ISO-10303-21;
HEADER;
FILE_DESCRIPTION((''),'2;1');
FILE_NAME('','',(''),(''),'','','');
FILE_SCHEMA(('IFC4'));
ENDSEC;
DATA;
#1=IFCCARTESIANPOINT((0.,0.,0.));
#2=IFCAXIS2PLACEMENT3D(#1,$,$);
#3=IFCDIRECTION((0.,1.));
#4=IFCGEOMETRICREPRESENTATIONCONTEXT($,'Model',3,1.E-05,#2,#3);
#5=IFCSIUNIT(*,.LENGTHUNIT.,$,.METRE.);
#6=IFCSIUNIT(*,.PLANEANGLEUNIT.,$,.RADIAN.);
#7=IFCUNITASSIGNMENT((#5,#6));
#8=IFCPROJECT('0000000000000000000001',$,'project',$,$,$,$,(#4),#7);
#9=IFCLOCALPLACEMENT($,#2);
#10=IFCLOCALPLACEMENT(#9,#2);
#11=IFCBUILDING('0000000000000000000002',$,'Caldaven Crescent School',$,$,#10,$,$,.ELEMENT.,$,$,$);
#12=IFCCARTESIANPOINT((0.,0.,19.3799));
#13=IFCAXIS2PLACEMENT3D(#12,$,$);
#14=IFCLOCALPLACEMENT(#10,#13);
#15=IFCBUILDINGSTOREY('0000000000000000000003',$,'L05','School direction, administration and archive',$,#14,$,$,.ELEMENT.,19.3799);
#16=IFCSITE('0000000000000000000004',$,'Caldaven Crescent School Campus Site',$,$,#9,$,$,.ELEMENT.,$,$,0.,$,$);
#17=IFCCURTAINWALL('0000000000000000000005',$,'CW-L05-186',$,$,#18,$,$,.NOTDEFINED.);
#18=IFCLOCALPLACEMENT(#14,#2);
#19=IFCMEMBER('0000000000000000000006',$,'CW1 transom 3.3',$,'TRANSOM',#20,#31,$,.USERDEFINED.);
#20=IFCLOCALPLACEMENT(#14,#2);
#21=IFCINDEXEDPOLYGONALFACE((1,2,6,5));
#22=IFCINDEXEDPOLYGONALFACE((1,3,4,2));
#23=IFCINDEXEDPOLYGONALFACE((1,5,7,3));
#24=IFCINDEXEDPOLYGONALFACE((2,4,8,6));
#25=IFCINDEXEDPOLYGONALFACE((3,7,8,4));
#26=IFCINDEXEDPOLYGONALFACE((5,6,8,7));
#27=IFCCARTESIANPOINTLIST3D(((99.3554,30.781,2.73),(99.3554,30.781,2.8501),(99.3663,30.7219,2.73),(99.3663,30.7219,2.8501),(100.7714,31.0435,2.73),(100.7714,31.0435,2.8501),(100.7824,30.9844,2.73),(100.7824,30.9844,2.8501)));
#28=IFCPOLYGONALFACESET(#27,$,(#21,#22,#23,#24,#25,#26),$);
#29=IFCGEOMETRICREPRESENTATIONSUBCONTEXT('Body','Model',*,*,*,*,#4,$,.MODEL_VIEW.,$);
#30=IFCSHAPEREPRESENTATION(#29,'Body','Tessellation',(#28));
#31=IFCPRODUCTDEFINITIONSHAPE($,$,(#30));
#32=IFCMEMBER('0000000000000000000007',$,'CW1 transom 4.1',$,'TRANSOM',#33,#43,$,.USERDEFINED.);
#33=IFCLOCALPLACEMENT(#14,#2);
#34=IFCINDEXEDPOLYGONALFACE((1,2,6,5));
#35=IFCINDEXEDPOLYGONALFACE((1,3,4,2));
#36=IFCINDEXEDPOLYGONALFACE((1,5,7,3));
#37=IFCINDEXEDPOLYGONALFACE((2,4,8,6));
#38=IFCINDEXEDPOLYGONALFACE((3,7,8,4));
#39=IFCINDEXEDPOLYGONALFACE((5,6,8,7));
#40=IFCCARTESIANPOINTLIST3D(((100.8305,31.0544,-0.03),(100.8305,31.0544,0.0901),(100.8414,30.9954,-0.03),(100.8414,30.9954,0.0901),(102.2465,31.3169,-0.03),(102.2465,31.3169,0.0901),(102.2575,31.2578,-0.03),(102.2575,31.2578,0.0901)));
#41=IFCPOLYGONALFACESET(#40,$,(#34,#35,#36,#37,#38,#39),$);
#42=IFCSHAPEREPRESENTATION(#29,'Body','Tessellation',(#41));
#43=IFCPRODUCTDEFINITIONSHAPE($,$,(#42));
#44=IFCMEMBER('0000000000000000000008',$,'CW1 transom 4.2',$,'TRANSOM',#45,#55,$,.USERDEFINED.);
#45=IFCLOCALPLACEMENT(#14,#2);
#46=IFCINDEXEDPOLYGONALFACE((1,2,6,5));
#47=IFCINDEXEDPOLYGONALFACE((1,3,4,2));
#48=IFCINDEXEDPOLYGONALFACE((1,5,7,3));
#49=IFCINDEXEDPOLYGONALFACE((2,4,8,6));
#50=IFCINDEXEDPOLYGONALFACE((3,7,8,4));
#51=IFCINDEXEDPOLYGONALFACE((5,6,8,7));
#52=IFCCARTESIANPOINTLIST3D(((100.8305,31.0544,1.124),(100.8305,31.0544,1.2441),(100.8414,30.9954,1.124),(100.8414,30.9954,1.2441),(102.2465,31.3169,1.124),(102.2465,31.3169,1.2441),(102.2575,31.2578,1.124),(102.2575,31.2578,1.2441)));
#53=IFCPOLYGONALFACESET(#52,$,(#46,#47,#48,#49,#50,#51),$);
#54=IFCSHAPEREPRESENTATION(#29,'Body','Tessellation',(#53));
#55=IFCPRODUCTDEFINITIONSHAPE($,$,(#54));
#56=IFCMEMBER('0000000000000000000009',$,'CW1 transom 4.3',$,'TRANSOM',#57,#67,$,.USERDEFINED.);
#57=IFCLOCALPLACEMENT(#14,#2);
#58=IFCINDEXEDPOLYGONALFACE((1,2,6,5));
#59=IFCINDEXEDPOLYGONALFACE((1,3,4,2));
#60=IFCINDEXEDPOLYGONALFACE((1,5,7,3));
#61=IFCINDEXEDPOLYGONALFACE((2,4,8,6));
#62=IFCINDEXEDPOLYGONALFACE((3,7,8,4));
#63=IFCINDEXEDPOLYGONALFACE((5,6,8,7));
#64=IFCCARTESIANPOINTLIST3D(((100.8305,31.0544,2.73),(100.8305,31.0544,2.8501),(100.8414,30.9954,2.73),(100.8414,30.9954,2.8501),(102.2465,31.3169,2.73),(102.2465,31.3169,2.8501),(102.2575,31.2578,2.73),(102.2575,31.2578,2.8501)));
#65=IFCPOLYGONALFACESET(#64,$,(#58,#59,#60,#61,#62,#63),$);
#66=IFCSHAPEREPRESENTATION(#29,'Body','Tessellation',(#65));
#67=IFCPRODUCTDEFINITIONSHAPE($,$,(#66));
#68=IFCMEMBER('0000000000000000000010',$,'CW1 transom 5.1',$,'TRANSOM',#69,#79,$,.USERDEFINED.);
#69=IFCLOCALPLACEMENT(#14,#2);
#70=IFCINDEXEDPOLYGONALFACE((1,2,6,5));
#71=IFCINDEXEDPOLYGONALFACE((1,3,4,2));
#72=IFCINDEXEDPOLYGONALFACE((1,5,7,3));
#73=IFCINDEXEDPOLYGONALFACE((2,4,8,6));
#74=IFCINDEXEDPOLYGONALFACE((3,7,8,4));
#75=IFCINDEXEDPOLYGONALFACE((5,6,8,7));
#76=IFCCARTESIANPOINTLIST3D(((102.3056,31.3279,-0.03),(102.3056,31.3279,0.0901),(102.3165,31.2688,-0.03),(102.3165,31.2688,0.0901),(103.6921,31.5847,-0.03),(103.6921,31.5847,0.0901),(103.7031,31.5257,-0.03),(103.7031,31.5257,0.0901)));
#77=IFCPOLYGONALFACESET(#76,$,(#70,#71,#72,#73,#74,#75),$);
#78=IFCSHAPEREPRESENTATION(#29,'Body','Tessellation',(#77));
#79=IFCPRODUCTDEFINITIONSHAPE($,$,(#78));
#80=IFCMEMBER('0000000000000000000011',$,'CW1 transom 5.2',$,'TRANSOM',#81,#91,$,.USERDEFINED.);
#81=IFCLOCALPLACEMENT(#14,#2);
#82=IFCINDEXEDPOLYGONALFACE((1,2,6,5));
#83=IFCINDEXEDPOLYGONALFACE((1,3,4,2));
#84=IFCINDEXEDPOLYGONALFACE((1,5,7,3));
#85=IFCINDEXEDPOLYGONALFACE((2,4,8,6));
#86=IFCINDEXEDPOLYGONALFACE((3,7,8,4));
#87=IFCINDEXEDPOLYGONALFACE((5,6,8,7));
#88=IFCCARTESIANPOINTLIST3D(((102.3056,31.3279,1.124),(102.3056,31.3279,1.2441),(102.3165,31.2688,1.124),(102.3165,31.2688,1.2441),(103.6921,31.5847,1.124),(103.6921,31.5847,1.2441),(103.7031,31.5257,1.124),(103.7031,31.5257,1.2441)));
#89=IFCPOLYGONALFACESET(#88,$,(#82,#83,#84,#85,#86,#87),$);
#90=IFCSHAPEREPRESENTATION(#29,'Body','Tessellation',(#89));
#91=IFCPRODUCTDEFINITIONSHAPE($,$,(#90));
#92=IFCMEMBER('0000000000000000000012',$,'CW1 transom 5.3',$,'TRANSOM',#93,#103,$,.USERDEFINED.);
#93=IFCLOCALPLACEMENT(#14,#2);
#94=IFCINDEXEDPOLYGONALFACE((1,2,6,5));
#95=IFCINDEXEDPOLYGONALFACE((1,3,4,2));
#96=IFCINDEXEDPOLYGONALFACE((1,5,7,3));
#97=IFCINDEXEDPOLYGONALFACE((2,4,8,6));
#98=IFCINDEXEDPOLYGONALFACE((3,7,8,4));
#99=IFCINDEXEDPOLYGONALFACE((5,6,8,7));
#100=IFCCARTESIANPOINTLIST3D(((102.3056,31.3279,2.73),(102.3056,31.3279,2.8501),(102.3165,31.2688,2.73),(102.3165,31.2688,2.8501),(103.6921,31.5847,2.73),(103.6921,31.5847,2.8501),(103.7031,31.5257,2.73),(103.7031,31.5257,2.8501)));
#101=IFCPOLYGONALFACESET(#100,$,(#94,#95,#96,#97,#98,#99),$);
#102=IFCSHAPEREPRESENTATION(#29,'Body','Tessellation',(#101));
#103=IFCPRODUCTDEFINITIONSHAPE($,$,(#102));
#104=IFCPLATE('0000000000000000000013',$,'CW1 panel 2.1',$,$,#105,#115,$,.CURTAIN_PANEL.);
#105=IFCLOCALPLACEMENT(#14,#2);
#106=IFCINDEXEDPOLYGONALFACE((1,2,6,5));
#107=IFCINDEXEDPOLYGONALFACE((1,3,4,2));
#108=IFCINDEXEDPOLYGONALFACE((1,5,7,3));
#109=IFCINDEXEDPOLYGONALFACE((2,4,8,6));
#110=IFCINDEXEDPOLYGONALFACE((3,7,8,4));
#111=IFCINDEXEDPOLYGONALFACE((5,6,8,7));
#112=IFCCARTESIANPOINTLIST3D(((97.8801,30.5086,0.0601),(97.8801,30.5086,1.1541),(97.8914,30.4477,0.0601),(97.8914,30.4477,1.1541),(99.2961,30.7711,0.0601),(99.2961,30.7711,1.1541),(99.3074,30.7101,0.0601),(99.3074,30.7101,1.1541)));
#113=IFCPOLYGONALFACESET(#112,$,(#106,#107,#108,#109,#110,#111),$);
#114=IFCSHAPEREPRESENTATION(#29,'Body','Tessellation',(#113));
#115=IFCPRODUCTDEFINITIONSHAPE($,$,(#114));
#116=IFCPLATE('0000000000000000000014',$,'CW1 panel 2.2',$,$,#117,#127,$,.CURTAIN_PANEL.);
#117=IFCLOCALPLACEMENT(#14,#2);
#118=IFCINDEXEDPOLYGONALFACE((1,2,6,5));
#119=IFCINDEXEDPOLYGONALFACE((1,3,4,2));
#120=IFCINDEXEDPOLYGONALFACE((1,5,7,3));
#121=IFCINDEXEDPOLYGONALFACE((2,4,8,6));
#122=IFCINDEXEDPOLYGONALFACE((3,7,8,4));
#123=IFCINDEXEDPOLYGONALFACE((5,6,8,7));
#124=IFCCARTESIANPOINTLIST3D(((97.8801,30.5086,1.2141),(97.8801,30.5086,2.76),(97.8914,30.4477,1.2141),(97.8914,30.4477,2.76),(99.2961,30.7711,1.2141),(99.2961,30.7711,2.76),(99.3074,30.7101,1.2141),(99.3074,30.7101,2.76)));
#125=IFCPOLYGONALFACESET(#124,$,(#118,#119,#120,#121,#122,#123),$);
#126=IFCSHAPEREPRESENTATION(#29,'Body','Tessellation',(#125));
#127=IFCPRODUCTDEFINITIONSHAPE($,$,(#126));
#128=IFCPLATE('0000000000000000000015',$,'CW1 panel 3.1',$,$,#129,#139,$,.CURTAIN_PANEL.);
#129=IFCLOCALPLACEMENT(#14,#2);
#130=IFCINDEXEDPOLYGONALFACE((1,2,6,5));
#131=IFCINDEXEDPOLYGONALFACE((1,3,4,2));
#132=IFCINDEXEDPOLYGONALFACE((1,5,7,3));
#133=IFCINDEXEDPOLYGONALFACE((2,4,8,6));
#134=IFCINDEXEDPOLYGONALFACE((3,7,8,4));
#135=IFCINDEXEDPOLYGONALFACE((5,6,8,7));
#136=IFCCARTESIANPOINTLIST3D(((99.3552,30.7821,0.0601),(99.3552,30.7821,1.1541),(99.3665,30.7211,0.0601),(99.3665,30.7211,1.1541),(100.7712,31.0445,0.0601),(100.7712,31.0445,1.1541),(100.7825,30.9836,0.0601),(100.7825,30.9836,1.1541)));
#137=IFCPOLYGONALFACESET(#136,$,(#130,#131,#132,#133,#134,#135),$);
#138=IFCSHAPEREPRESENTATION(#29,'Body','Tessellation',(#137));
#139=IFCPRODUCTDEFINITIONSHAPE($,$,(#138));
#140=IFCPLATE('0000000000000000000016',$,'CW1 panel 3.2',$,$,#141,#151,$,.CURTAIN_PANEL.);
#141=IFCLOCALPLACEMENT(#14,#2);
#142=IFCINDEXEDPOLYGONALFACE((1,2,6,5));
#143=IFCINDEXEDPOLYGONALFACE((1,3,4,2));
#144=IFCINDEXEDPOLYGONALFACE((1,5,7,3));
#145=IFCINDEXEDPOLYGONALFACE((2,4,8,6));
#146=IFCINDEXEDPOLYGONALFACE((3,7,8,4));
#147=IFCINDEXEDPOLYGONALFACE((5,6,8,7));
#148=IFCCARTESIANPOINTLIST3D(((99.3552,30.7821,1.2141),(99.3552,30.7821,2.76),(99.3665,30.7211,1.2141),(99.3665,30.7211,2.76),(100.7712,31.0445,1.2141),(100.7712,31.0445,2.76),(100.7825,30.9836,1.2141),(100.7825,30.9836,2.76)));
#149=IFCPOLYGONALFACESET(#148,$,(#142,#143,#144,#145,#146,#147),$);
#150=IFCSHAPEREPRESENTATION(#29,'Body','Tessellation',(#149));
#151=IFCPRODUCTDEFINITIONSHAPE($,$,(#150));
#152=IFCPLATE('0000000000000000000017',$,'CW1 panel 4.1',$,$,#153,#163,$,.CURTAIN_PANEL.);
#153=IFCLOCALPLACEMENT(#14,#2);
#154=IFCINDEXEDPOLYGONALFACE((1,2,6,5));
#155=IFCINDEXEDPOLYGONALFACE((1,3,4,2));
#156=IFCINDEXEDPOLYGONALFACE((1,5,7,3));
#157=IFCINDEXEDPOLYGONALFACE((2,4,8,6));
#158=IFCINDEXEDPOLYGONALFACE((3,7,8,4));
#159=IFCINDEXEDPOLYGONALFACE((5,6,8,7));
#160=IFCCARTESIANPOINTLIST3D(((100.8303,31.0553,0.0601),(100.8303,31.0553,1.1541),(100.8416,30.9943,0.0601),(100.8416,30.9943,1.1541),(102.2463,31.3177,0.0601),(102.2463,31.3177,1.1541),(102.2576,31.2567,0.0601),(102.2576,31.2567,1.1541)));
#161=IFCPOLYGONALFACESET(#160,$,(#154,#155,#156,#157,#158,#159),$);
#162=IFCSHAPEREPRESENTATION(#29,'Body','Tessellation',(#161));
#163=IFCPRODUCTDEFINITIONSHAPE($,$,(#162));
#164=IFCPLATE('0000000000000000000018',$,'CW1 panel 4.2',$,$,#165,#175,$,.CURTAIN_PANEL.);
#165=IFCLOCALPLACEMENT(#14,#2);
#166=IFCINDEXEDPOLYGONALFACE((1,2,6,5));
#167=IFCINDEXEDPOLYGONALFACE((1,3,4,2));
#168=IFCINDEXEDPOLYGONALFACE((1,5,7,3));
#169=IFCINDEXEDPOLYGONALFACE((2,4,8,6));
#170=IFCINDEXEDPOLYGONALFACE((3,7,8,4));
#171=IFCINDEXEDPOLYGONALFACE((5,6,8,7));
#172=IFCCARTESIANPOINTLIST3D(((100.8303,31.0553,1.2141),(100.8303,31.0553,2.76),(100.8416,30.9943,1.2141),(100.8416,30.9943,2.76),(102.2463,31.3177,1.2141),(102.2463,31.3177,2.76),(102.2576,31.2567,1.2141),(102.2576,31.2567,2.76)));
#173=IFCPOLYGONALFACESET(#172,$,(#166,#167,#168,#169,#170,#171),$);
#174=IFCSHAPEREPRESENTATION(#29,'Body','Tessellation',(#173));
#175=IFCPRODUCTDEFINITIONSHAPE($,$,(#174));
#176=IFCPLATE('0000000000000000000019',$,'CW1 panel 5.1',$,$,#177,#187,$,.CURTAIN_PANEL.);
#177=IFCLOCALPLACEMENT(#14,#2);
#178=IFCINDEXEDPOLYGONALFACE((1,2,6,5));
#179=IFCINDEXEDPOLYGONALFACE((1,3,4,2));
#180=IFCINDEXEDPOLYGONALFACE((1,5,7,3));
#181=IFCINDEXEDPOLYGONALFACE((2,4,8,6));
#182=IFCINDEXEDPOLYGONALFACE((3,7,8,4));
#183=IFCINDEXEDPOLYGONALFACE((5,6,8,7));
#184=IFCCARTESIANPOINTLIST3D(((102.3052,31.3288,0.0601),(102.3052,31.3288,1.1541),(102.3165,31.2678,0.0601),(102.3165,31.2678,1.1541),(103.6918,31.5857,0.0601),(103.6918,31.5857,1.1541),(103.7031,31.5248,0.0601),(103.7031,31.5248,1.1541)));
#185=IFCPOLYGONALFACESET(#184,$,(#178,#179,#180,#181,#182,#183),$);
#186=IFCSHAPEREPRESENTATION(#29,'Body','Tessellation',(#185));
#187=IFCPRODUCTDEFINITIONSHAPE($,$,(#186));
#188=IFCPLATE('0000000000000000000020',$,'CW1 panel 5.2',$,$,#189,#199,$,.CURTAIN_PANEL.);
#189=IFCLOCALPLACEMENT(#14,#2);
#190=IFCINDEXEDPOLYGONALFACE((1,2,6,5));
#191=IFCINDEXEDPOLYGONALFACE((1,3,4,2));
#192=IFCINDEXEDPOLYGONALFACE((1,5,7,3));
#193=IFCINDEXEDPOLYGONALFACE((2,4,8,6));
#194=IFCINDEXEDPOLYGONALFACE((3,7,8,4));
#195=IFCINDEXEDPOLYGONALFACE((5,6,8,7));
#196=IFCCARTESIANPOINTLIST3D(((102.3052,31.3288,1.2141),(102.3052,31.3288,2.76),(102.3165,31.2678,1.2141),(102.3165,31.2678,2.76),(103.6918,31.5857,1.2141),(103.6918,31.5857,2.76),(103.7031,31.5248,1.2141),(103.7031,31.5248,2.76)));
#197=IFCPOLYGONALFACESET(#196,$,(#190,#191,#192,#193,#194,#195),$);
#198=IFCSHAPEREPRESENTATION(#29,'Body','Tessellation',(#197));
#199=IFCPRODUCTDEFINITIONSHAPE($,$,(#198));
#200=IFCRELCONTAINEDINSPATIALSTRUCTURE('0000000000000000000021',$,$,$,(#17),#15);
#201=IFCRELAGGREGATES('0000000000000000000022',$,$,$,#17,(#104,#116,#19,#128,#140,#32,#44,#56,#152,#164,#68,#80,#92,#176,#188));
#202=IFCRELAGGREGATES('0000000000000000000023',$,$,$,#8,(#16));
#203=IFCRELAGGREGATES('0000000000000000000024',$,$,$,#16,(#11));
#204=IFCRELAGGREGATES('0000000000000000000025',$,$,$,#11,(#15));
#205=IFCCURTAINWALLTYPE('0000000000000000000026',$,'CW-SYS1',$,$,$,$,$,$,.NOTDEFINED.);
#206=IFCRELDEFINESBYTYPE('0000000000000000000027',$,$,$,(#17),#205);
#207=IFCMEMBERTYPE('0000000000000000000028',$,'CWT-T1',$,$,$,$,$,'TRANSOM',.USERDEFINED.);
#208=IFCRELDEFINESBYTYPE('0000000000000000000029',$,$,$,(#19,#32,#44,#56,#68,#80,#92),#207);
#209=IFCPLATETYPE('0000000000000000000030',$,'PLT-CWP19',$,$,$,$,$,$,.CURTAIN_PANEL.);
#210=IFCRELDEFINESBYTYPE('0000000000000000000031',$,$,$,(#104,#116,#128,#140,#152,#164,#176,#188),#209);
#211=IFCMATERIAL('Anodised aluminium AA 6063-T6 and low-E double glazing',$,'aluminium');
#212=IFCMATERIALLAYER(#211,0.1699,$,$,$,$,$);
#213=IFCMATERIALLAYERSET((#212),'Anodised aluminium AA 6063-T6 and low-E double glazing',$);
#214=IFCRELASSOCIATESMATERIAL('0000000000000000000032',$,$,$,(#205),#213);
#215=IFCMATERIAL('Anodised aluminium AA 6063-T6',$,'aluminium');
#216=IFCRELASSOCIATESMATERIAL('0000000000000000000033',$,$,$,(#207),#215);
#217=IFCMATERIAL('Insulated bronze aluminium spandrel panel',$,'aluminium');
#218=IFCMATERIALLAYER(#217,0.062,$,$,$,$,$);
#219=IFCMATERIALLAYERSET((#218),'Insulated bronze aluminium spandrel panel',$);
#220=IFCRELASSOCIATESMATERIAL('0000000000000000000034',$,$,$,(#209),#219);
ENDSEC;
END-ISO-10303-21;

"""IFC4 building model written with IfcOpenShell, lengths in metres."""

from ifc_helpers import new_model, si_unit, direction, frame, origin, origin_2d, place, context, subcontext, project, spatial, rectangle, extrude, material, layer, layer_set, material_profile, profile_set, type_object, element, aggregate, save


model = new_model("IFC4")

# Units and contexts
model_context = context("Model", 3, precision=1e-05, world=origin(), true_north=direction((0.0, 1.0)))
body_context = subcontext(model_context, "Body", "Model", "MODEL_VIEW")
ifc_project = project(units=[si_unit("LENGTHUNIT", "METRE"), si_unit("PLANEANGLEUNIT", "RADIAN")], contexts=[model_context])

# Site, building, storey
site_placement = place(None, origin())
site = spatial("IfcSite", under=ifc_project, at=site_placement, Name="Caldaven Crescent School Campus Site", CompositionType="ELEMENT", RefElevation=0.0)
building_placement = place(site_placement, origin())
building = spatial("IfcBuilding", under=site, at=building_placement, Name="Caldaven Crescent School", CompositionType="ELEMENT")
storey_placement = place(building_placement, frame((0.0, 0.0, 19.3799)))
storey = spatial("IfcBuildingStorey", under=building, at=storey_placement, Name="L05", Description="School direction, administration and archive", CompositionType="ELEMENT", Elevation=19.3799)

# Curtain wall, members, plates
ifc_material_1 = material(Name="Anodised aluminium AA 6063-T6 and low-E double glazing", Category="aluminium")
ifc_layer_1 = layer(ifc_material_1, 0.1699)
ifc_layer_set_1 = layer_set([ifc_layer_1], Name="Anodised aluminium AA 6063-T6 and low-E double glazing")
curtain_wall_type = type_object("IfcCurtainWallType", Name="CW-SYS1", PredefinedType="NOTDEFINED", material=ifc_layer_set_1)
curtain_wall_placement = place(storey_placement, origin())
curtain_wall = element("IfcCurtainWall", 1, at=curtain_wall_placement, inside=storey, type_object=curtain_wall_type, Name="CW-L05-186", PredefinedType="NOTDEFINED")
ifc_material_2 = material(Name="Anodised aluminium AA 6063-T6", Category="aluminium")
ifc_material_profile_1 = material_profile(ifc_material_2, rectangle(XDim=0.0601, YDim=0.1201, at=origin_2d()), Name="CWT 60x120")
ifc_profile_set_1 = profile_set([ifc_material_profile_1], Name="Anodised aluminium AA 6063-T6")
member_type_1 = type_object("IfcMemberType", Name="CWT-T1", ElementType="TRANSOM", PredefinedType="USERDEFINED", material=ifc_profile_set_1)
member_1_placement = place(storey_placement, frame((99.3608, 30.7515, 2.79), z_axis=(0.983254, 0.182241, 0.0), x_axis=(-0.182241, 0.983254, 0.0)))
member_1 = element("IfcMember", 2, at=member_1_placement, type_object=member_type_1, Name="CW1 transom 3.3", ObjectType="TRANSOM", PredefinedType="USERDEFINED", context=body_context, shape_type="SweptSolid", body=[
    extrude(rectangle(XDim=0.0601, YDim=0.1201, at=origin_2d()), origin(), (0.0, 0.0, 1.0), 1.4402),
])
member_2_placement = place(storey_placement, frame((100.8359, 31.0249, 0.03), z_axis=(0.983254, 0.182241, 0.0), x_axis=(-0.182241, 0.983254, 0.0)))
member_2 = element("IfcMember", 3, at=member_2_placement, type_object=member_type_1, Name="CW1 transom 4.1", ObjectType="TRANSOM", PredefinedType="USERDEFINED", context=body_context, shape_type="SweptSolid", body=[
    extrude(rectangle(XDim=0.0601, YDim=0.1201, at=origin_2d()), origin(), (0.0, 0.0, 1.0), 1.4402),
])
member_3_placement = place(storey_placement, frame((100.8359, 31.0249, 1.1841), z_axis=(0.983254, 0.182241, 0.0), x_axis=(-0.182241, 0.983254, 0.0)))
member_3 = element("IfcMember", 4, at=member_3_placement, type_object=member_type_1, Name="CW1 transom 4.2", ObjectType="TRANSOM", PredefinedType="USERDEFINED", context=body_context, shape_type="SweptSolid", body=[
    extrude(rectangle(XDim=0.0601, YDim=0.1201, at=origin_2d()), origin(), (0.0, 0.0, 1.0), 1.4402),
])
member_4_placement = place(storey_placement, frame((100.8359, 31.0249, 2.79), z_axis=(0.983254, 0.182241, 0.0), x_axis=(-0.182241, 0.983254, 0.0)))
member_4 = element("IfcMember", 5, at=member_4_placement, type_object=member_type_1, Name="CW1 transom 4.3", ObjectType="TRANSOM", PredefinedType="USERDEFINED", context=body_context, shape_type="SweptSolid", body=[
    extrude(rectangle(XDim=0.0601, YDim=0.1201, at=origin_2d()), origin(), (0.0, 0.0, 1.0), 1.4402),
])
member_5_placement = place(storey_placement, frame((102.311, 31.2983, 0.03), z_axis=(0.983272, 0.182145, 0.0), x_axis=(-0.182145, 0.983272, 0.0)))
member_5 = element("IfcMember", 6, at=member_5_placement, type_object=member_type_1, Name="CW1 transom 5.1", ObjectType="TRANSOM", PredefinedType="USERDEFINED", context=body_context, shape_type="SweptSolid", body=[
    extrude(rectangle(XDim=0.0601, YDim=0.1201, at=origin_2d()), origin(), (0.0, 0.0, 1.0), 1.4102),
])
member_6_placement = place(storey_placement, frame((102.311, 31.2983, 1.1841), z_axis=(0.983272, 0.182145, 0.0), x_axis=(-0.182145, 0.983272, 0.0)))
member_6 = element("IfcMember", 7, at=member_6_placement, type_object=member_type_1, Name="CW1 transom 5.2", ObjectType="TRANSOM", PredefinedType="USERDEFINED", context=body_context, shape_type="SweptSolid", body=[
    extrude(rectangle(XDim=0.0601, YDim=0.1201, at=origin_2d()), origin(), (0.0, 0.0, 1.0), 1.4102),
])
member_7_placement = place(storey_placement, frame((102.311, 31.2983, 2.79), z_axis=(0.983272, 0.182145, 0.0), x_axis=(-0.182145, 0.983272, 0.0)))
member_7 = element("IfcMember", 8, at=member_7_placement, type_object=member_type_1, Name="CW1 transom 5.3", ObjectType="TRANSOM", PredefinedType="USERDEFINED", context=body_context, shape_type="SweptSolid", body=[
    extrude(rectangle(XDim=0.0601, YDim=0.1201, at=origin_2d()), origin(), (0.0, 0.0, 1.0), 1.4102),
])
ifc_material_3 = material(Name="Insulated bronze aluminium spandrel panel", Category="aluminium")
ifc_layer_2 = layer(ifc_material_3, 0.062)
ifc_layer_set_2 = layer_set([ifc_layer_2], Name="Insulated bronze aluminium spandrel panel")
plate_type = type_object("IfcPlateType", Name="PLT-CWP19", PredefinedType="CURTAIN_PANEL", material=ifc_layer_set_2)
plate_1_placement = place(storey_placement, frame((98.5938, 30.6094, 0.0601), z_axis=(0.0, 0.0, 1.0), x_axis=(0.983255, 0.182236, 0.0)))
plate_1 = element("IfcPlate", 9, at=plate_1_placement, type_object=plate_type, Name="CW1 panel 2.1", PredefinedType="CURTAIN_PANEL", context=body_context, shape_type="SweptSolid", body=[
    extrude(rectangle(XDim=1.4402, YDim=0.062, at=origin_2d()), origin(), (0.0, 0.0, 1.0), 1.094),
])
plate_2_placement = place(storey_placement, frame((98.5938, 30.6094, 1.2141), z_axis=(0.0, 0.0, 1.0), x_axis=(0.983255, 0.182236, 0.0)))
plate_2 = element("IfcPlate", 10, at=plate_2_placement, type_object=plate_type, Name="CW1 panel 2.2", PredefinedType="CURTAIN_PANEL", context=body_context, shape_type="SweptSolid", body=[
    extrude(rectangle(XDim=1.4402, YDim=0.062, at=origin_2d()), origin(), (0.0, 0.0, 1.0), 1.5459),
])
plate_3_placement = place(storey_placement, frame((100.0688, 30.8828, 0.0601), z_axis=(0.0, 0.0, 1.0), x_axis=(0.983255, 0.182236, 0.0)))
plate_3 = element("IfcPlate", 11, at=plate_3_placement, type_object=plate_type, Name="CW1 panel 3.1", PredefinedType="CURTAIN_PANEL", context=body_context, shape_type="SweptSolid", body=[
    extrude(rectangle(XDim=1.4402, YDim=0.062, at=origin_2d()), origin(), (0.0, 0.0, 1.0), 1.094),
])
plate_4_placement = place(storey_placement, frame((100.0688, 30.8828, 1.2141), z_axis=(0.0, 0.0, 1.0), x_axis=(0.983255, 0.182236, 0.0)))
plate_4 = element("IfcPlate", 12, at=plate_4_placement, type_object=plate_type, Name="CW1 panel 3.2", PredefinedType="CURTAIN_PANEL", context=body_context, shape_type="SweptSolid", body=[
    extrude(rectangle(XDim=1.4402, YDim=0.062, at=origin_2d()), origin(), (0.0, 0.0, 1.0), 1.5459),
])
plate_5_placement = place(storey_placement, frame((101.5439, 31.156, 0.0601), z_axis=(0.0, 0.0, 1.0), x_axis=(0.983255, 0.182236, 0.0)))
plate_5 = element("IfcPlate", 13, at=plate_5_placement, type_object=plate_type, Name="CW1 panel 4.1", PredefinedType="CURTAIN_PANEL", context=body_context, shape_type="SweptSolid", body=[
    extrude(rectangle(XDim=1.4402, YDim=0.062, at=origin_2d()), origin(), (0.0, 0.0, 1.0), 1.094),
])
plate_6_placement = place(storey_placement, frame((101.5439, 31.156, 1.2141), z_axis=(0.0, 0.0, 1.0), x_axis=(0.983255, 0.182236, 0.0)))
plate_6 = element("IfcPlate", 14, at=plate_6_placement, type_object=plate_type, Name="CW1 panel 4.2", PredefinedType="CURTAIN_PANEL", context=body_context, shape_type="SweptSolid", body=[
    extrude(rectangle(XDim=1.4402, YDim=0.062, at=origin_2d()), origin(), (0.0, 0.0, 1.0), 1.5459),
])
plate_7_placement = place(storey_placement, frame((103.0042, 31.4268, 0.0601), z_axis=(0.0, 0.0, 1.0), x_axis=(0.983255, 0.182236, 0.0)))
plate_7 = element("IfcPlate", 15, at=plate_7_placement, type_object=plate_type, Name="CW1 panel 5.1", PredefinedType="CURTAIN_PANEL", context=body_context, shape_type="SweptSolid", body=[
    extrude(rectangle(XDim=1.4102, YDim=0.062, at=origin_2d()), origin(), (0.0, 0.0, 1.0), 1.094),
])
plate_8_placement = place(storey_placement, frame((103.0042, 31.4268, 1.2141), z_axis=(0.0, 0.0, 1.0), x_axis=(0.983255, 0.182236, 0.0)))
plate_8 = element("IfcPlate", 16, at=plate_8_placement, type_object=plate_type, Name="CW1 panel 5.2", PredefinedType="CURTAIN_PANEL", context=body_context, shape_type="SweptSolid", body=[
    extrude(rectangle(XDim=1.4102, YDim=0.062, at=origin_2d()), origin(), (0.0, 0.0, 1.0), 1.5459),
])
aggregate(curtain_wall, [plate_1, plate_2, member_1, plate_3, plate_4, member_2, member_3, member_4, plate_5, plate_6, member_5, member_6, member_7, plate_7, plate_8])

save(model, "model.ifc")
